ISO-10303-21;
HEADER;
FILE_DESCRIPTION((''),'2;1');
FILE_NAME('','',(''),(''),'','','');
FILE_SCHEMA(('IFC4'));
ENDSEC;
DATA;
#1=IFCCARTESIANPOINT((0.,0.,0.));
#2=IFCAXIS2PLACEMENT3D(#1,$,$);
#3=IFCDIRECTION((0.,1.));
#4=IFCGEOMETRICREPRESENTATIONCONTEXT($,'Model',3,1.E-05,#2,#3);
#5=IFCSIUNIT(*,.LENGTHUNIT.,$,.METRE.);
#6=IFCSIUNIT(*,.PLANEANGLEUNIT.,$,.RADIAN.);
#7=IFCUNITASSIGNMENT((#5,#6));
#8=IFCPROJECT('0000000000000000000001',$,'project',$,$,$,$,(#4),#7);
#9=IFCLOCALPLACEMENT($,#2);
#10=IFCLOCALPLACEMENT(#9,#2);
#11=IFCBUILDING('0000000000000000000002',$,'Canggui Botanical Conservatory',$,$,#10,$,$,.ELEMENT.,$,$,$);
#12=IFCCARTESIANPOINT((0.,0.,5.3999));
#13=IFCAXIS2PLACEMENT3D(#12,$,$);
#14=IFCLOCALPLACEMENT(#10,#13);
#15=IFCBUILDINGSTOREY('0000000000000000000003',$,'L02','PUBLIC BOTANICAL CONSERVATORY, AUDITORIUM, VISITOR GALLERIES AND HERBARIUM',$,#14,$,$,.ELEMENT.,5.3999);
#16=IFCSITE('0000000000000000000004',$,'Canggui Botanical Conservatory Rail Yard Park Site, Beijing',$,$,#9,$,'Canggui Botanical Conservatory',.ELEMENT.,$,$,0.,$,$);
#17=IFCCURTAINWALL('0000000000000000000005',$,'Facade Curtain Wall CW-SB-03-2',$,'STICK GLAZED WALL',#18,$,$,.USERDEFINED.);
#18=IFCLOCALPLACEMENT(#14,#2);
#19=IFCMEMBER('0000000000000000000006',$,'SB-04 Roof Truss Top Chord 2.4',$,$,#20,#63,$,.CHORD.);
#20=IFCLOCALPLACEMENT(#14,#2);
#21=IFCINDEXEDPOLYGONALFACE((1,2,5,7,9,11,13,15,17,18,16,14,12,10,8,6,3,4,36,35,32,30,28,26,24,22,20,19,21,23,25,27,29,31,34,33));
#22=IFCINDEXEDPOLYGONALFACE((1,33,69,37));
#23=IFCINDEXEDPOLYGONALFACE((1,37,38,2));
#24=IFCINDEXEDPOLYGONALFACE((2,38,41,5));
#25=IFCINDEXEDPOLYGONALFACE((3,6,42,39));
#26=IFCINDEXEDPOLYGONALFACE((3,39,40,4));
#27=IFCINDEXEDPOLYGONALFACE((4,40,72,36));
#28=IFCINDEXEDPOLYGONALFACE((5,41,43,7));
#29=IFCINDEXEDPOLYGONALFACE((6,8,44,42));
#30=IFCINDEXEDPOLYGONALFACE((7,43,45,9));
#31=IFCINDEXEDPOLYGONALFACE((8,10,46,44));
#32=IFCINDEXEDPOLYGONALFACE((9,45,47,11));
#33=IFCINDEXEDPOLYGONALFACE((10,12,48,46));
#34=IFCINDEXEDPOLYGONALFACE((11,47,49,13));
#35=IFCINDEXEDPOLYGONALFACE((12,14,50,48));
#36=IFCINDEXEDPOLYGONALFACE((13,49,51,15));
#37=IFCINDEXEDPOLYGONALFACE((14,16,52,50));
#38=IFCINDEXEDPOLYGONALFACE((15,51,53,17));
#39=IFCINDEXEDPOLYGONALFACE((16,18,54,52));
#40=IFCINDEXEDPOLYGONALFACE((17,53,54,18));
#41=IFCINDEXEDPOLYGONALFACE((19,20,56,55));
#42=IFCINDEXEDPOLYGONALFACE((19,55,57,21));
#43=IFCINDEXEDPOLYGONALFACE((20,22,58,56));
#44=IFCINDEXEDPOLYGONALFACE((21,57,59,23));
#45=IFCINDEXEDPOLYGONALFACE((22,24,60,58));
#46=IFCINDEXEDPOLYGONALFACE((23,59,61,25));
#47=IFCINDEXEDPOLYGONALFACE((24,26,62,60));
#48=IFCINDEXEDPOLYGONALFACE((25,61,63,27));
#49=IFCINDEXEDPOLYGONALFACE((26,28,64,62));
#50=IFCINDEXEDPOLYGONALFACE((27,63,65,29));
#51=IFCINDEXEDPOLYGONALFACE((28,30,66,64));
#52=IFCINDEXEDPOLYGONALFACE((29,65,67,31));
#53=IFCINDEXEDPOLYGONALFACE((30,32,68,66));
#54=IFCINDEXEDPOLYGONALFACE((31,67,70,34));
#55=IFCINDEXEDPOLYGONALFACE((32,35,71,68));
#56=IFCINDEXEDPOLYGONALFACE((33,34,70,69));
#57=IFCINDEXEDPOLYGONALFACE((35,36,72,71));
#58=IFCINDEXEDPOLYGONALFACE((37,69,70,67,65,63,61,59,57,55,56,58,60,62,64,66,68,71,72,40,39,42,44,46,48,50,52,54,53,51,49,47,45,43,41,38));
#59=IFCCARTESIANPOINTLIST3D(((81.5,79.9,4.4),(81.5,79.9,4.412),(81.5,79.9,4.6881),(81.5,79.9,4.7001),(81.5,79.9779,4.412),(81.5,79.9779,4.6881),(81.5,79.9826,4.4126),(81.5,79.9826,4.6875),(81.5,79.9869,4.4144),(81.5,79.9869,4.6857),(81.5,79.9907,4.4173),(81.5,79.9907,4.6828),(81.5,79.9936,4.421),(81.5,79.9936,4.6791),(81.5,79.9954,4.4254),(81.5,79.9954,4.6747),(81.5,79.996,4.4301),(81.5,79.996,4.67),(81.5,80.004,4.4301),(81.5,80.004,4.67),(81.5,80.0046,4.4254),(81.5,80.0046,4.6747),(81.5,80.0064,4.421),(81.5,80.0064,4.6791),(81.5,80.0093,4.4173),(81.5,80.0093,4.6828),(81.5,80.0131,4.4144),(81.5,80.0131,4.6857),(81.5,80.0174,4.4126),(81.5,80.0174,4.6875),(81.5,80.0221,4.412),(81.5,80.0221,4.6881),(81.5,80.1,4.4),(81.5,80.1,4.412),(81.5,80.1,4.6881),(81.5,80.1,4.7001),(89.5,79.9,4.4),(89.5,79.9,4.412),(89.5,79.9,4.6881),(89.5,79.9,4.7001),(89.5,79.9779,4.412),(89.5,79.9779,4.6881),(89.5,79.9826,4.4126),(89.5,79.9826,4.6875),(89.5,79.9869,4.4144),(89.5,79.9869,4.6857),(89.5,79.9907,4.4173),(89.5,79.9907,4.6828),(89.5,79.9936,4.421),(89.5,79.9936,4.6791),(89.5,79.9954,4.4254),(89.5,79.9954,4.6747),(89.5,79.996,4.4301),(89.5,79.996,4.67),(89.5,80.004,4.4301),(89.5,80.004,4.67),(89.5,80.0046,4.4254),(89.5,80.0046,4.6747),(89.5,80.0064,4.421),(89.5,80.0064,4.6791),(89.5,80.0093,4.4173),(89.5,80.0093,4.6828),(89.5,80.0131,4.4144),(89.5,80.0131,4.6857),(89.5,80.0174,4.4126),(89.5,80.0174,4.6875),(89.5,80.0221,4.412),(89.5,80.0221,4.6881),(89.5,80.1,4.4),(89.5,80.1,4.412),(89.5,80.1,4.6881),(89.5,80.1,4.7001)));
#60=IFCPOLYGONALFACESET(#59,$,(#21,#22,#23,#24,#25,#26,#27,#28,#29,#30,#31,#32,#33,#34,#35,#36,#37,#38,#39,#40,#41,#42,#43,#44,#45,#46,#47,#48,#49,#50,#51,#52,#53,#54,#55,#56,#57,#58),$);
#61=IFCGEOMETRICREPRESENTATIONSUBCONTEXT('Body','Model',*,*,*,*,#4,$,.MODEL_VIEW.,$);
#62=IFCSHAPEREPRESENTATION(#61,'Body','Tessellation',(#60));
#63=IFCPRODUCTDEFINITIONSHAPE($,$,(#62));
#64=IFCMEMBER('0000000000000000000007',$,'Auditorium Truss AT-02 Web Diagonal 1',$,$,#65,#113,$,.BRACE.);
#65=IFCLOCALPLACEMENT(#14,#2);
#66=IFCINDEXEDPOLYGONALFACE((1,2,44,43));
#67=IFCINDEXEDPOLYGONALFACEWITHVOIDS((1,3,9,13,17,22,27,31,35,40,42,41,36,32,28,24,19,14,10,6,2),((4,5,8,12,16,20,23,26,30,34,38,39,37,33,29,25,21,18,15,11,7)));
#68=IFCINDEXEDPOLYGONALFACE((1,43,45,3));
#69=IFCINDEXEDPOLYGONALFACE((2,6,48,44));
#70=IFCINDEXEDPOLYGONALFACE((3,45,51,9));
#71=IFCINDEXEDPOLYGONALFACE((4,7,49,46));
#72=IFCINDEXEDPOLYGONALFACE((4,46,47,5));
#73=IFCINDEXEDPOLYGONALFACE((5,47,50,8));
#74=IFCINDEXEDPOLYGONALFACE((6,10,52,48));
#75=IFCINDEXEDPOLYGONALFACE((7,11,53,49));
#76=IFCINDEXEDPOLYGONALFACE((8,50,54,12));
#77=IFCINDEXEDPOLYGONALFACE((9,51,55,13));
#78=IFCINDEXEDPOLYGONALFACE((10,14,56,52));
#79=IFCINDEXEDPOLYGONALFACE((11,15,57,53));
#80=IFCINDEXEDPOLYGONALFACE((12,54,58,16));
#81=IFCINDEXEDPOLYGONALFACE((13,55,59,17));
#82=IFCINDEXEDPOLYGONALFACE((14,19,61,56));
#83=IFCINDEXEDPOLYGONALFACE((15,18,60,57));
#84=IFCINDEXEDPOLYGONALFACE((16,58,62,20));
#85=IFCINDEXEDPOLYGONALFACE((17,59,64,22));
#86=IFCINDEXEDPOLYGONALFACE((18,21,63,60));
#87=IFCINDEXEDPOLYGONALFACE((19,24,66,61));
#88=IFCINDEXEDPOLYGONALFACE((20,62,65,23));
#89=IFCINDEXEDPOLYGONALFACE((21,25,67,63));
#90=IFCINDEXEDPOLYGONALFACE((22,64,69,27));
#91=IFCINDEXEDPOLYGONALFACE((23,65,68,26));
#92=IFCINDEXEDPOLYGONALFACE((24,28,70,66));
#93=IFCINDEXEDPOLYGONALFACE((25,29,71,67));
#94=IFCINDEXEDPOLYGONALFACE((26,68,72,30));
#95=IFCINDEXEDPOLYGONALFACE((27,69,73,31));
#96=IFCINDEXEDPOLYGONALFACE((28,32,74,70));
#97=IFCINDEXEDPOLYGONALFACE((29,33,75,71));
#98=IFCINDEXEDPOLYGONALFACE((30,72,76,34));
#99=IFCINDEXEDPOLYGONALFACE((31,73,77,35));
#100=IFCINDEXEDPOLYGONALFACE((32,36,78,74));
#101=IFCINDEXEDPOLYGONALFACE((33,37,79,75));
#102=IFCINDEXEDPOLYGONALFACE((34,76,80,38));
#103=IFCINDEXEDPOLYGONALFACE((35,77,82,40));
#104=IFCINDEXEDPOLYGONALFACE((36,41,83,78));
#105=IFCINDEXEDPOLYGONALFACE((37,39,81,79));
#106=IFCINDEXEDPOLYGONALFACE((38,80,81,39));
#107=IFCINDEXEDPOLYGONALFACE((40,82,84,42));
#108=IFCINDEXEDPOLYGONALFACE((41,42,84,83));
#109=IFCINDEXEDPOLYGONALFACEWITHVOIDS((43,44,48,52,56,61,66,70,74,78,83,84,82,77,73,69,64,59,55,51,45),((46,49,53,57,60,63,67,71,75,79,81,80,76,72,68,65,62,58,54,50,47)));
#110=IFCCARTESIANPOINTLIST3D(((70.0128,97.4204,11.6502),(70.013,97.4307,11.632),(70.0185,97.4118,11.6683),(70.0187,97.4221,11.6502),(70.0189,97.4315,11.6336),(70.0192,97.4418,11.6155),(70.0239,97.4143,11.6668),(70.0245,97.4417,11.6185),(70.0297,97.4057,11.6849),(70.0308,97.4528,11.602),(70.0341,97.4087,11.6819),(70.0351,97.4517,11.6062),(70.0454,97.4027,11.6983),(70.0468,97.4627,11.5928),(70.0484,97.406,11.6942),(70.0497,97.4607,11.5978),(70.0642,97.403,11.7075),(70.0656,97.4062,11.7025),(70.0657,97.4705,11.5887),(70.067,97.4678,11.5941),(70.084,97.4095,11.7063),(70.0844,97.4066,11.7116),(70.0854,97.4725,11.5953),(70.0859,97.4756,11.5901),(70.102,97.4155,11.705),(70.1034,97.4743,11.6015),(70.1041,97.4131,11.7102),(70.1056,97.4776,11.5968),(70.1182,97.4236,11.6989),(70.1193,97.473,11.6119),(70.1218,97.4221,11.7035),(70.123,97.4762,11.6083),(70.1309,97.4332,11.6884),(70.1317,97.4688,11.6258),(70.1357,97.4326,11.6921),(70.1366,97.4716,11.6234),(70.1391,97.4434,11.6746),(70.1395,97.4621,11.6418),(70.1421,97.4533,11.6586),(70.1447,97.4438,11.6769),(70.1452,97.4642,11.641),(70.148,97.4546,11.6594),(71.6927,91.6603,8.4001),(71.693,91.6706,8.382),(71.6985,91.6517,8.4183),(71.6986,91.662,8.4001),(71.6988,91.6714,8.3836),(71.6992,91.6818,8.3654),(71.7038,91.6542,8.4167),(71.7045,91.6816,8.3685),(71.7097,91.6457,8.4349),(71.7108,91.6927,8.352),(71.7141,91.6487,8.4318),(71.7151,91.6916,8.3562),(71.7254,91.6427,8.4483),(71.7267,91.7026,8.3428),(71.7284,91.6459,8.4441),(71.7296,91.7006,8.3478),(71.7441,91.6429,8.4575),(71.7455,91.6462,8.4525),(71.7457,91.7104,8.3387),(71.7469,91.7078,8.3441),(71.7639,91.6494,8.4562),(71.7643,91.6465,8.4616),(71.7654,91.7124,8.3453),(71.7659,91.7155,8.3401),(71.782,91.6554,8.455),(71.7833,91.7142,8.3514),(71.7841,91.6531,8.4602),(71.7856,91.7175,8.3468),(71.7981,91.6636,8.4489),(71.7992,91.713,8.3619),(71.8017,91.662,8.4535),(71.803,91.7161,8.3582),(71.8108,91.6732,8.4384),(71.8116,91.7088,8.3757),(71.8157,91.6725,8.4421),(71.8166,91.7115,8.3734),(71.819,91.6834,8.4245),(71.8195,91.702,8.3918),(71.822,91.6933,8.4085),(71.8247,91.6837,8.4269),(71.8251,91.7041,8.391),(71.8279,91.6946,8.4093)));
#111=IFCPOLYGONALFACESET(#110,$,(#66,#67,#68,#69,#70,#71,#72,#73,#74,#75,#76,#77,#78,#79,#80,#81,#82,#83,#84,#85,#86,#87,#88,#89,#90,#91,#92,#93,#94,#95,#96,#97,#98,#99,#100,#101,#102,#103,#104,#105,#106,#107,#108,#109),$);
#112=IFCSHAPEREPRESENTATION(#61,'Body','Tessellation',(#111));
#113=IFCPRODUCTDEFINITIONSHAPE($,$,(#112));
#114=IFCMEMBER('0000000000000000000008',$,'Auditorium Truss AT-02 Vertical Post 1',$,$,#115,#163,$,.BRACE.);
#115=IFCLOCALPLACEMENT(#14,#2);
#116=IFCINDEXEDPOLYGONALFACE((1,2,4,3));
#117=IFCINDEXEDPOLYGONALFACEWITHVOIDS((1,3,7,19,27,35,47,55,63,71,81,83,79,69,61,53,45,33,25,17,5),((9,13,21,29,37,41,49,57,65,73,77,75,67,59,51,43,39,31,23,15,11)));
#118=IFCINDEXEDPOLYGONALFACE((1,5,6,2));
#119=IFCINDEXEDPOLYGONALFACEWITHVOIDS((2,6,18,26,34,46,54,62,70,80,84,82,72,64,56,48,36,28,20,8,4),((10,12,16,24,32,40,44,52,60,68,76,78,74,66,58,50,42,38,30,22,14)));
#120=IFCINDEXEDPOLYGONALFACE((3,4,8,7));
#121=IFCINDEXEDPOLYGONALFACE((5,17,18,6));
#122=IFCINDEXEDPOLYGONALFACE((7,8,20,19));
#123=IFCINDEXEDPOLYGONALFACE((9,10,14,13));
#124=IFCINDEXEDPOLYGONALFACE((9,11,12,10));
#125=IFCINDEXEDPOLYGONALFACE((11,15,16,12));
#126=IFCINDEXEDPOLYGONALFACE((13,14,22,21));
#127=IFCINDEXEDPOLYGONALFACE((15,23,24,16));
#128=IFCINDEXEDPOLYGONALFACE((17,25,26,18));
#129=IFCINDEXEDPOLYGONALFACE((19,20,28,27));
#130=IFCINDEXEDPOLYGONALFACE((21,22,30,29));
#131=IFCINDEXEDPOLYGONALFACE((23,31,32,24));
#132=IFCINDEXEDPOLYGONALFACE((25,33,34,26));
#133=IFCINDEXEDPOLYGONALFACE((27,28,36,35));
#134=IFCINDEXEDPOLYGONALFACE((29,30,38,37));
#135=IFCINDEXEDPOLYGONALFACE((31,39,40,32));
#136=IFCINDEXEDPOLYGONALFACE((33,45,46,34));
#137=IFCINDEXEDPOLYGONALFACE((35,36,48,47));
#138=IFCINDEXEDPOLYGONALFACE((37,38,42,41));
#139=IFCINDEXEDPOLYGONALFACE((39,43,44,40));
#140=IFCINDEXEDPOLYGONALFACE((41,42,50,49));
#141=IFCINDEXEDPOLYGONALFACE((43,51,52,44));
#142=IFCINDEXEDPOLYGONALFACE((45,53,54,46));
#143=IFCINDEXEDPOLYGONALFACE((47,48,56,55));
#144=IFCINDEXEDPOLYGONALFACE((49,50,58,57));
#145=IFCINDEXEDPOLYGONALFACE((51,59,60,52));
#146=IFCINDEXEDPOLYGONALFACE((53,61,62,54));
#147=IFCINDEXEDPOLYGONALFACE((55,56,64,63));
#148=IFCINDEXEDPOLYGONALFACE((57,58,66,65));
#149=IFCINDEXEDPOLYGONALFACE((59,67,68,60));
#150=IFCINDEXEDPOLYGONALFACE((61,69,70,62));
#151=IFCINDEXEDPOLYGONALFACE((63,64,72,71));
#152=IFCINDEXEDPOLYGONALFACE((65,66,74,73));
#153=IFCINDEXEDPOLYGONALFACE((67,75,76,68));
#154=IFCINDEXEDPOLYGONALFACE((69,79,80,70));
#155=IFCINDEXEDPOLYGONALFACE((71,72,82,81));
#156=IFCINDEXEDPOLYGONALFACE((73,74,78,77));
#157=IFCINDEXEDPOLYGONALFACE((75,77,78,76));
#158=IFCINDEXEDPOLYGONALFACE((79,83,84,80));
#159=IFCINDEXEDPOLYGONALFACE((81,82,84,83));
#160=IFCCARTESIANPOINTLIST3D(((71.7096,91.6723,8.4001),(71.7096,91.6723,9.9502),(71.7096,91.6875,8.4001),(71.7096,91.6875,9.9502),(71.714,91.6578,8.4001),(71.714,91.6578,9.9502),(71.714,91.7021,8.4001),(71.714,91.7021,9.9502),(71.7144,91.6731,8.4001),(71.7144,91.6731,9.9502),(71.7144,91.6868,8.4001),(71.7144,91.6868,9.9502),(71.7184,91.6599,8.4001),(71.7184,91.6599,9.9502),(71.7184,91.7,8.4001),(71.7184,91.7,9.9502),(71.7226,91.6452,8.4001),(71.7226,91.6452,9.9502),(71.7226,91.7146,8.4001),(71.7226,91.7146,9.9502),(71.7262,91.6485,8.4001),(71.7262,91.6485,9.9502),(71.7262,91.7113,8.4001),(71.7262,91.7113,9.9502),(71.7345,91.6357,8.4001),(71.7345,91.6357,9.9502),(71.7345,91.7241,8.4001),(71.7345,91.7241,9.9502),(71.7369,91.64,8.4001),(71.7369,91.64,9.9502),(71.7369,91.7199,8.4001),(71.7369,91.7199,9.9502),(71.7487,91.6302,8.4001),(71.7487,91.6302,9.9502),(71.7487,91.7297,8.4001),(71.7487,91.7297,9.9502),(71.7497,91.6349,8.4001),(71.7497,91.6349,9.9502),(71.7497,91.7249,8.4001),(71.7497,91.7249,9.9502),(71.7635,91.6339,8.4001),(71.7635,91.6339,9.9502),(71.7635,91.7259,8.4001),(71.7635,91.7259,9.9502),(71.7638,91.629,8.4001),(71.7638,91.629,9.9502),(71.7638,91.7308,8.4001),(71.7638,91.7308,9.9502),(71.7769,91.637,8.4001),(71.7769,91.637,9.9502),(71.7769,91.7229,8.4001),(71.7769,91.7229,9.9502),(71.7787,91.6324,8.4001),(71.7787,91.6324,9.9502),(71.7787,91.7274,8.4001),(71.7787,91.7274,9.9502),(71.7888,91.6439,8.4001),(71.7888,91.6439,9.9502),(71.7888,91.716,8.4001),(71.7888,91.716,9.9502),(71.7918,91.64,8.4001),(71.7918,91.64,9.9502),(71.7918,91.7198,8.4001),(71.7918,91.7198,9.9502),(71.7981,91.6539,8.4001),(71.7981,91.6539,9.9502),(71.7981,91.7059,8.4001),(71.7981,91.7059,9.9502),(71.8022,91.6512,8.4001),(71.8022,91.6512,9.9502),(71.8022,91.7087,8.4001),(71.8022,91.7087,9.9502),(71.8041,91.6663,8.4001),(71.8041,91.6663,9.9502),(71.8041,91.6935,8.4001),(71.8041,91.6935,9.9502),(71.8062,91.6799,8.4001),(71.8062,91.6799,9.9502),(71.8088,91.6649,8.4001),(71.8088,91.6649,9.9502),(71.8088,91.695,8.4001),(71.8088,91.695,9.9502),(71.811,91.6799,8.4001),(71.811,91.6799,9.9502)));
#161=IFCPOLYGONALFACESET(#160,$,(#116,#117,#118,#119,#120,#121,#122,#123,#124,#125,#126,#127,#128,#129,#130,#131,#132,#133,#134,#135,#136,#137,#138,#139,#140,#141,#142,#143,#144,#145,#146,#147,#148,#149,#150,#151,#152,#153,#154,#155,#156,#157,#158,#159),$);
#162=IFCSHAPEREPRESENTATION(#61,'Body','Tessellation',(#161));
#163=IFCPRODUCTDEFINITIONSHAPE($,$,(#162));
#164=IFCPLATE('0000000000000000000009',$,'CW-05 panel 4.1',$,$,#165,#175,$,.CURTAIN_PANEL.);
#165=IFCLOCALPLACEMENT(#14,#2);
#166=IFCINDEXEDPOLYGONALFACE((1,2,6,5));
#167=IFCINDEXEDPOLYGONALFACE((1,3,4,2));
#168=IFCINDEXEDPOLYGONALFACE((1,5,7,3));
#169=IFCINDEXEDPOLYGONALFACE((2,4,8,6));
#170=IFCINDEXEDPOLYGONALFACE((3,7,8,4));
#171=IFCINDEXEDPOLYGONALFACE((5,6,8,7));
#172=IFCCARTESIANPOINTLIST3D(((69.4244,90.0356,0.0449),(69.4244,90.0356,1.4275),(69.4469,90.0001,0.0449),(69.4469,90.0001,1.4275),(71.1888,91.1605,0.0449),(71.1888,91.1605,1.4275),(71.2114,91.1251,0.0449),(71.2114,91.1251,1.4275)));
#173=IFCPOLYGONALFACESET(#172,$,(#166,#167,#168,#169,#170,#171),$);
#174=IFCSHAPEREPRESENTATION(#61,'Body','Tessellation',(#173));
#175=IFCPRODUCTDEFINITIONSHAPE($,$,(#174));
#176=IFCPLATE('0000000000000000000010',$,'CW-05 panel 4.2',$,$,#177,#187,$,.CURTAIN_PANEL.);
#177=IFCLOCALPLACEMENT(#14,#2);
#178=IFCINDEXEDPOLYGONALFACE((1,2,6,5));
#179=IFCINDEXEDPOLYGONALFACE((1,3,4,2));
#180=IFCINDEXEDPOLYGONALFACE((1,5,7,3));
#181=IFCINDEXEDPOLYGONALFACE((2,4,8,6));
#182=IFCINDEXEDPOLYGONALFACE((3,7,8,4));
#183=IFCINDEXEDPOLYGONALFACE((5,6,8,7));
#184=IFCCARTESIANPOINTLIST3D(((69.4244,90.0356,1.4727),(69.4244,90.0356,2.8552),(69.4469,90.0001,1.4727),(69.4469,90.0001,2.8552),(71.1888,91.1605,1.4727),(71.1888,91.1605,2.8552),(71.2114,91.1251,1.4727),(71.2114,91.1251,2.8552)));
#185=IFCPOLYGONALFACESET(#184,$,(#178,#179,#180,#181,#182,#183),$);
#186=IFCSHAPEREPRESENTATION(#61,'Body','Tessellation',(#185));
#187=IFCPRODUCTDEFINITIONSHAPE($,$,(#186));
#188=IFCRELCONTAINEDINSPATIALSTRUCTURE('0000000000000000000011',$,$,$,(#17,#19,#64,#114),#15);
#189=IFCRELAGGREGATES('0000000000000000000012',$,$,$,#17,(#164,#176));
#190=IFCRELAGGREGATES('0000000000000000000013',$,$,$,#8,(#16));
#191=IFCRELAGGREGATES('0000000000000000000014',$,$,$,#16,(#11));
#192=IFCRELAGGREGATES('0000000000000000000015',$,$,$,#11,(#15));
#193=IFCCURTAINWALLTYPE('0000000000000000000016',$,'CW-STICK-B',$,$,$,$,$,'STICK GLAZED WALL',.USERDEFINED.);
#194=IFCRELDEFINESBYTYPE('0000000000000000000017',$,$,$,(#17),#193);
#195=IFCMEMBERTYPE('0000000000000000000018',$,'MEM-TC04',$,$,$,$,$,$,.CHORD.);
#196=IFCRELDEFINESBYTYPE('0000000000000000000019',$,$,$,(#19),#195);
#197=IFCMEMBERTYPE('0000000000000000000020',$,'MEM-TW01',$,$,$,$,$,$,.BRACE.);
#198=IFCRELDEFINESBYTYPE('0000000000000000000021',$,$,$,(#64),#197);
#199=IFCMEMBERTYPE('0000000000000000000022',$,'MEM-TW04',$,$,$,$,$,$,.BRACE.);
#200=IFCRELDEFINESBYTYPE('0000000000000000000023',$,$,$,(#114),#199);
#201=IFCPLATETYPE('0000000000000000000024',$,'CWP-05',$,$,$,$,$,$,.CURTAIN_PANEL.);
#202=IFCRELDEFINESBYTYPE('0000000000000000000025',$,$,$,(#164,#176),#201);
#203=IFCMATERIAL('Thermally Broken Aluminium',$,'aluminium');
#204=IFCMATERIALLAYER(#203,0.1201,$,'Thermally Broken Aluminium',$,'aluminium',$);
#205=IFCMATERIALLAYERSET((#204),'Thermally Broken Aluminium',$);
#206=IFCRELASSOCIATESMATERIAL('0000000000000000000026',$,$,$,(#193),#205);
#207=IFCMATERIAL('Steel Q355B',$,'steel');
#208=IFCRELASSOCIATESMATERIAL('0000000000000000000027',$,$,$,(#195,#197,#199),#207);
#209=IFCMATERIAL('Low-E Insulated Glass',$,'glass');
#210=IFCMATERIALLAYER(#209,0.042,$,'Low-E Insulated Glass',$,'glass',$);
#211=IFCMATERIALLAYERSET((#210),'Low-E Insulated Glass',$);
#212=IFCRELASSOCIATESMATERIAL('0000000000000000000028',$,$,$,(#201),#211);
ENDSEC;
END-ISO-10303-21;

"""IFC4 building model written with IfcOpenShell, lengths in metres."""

from ifc_helpers import new_model, si_unit, direction, frame, origin, origin_2d, place, context, subcontext, project, spatial, rectangle, hollow_circle, i_section, extrude, material, layer, layer_set, material_profile, profile_set, type_object, element, aggregate, save


model = new_model("IFC4")

# Units and contexts
model_context = context("Model", 3, precision=1e-05, world=origin(), true_north=direction((0.0, 1.0)))
body_context = subcontext(model_context, "Body", "Model", "MODEL_VIEW")
ifc_project = project(units=[si_unit("LENGTHUNIT", "METRE"), si_unit("PLANEANGLEUNIT", "RADIAN")], contexts=[model_context])

# Site, building, storey
site_placement = place(None, origin())
site = spatial("IfcSite", under=ifc_project, at=site_placement, Name="Canggui Botanical Conservatory Rail Yard Park Site, Beijing", LongName="Canggui Botanical Conservatory", CompositionType="ELEMENT", RefElevation=0.0)
building_placement = place(site_placement, origin())
building = spatial("IfcBuilding", under=site, at=building_placement, Name="Canggui Botanical Conservatory", CompositionType="ELEMENT")
storey_placement = place(building_placement, frame((0.0, 0.0, 5.3999)))
storey = spatial("IfcBuildingStorey", under=building, at=storey_placement, Name="L02", Description="PUBLIC BOTANICAL CONSERVATORY, AUDITORIUM, VISITOR GALLERIES AND HERBARIUM", CompositionType="ELEMENT", Elevation=5.3999)

# Shared definitions
ifc_material_1 = material(Name="Steel Q355B", Category="steel")

# Curtain wall
ifc_material_2 = material(Name="Thermally Broken Aluminium", Category="aluminium")
ifc_layer_1 = layer(ifc_material_2, 0.1201, Name="Thermally Broken Aluminium", Category="aluminium")
ifc_layer_set_1 = layer_set([ifc_layer_1], Name="Thermally Broken Aluminium")
curtain_wall_type = type_object("IfcCurtainWallType", Name="CW-STICK-B", ElementType="STICK GLAZED WALL", PredefinedType="USERDEFINED", material=ifc_layer_set_1)
curtain_wall_placement = place(storey_placement, origin())
curtain_wall = element("IfcCurtainWall", 1, at=curtain_wall_placement, inside=storey, type_object=curtain_wall_type, Name="Facade Curtain Wall CW-SB-03-2", ObjectType="STICK GLAZED WALL", PredefinedType="USERDEFINED")

# Members
ifc_material_profile_1 = material_profile(ifc_material_1, i_section(OverallWidth=0.2, OverallDepth=0.3, WebThickness=0.0081, FlangeThickness=0.012, FilletRadius=0.0181, at=origin_2d()), Name="HM 300x200x8x12")
ifc_profile_set_1 = profile_set([ifc_material_profile_1], Name="Steel Q355B")
member_type_1 = type_object("IfcMemberType", Name="MEM-TC04", PredefinedType="CHORD", material=ifc_profile_set_1)
for number, where, z_axis, x_axis, name in (
    (2, (81.5, 80.0, 4.55), (1.0, 0.0, 0.0), (0.0, 1.0, 0.0), "SB-04 Roof Truss Top Chord 2.4"),
):
    element("IfcMember", number, at=place(storey_placement, frame(where, z_axis=z_axis, x_axis=x_axis)), inside=storey, type_object=member_type_1, Name=name, PredefinedType="CHORD", context=body_context, shape_type="SweptSolid", body=[
        extrude(i_section(OverallWidth=0.2, OverallDepth=0.3, WebThickness=0.0081, FlangeThickness=0.012, FilletRadius=0.0181, at=origin_2d()), origin(), (0.0, 0.0, 1.0), 8.0),
    ])
ifc_material_profile_2 = material_profile(ifc_material_1, hollow_circle(Radius=0.0701, WallThickness=0.0061, at=origin_2d()), Name="CHS 140x6")
ifc_profile_set_2 = profile_set([ifc_material_profile_2], Name="Steel Q355B")
member_type_2 = type_object("IfcMemberType", Name="MEM-TW01", PredefinedType="BRACE", material=ifc_profile_set_2)
member_1_placement = place(storey_placement, frame((71.76, 91.6799, 8.4001), z_axis=(-0.246192, 0.844123, 0.476284), x_axis=(-0.960003, -0.279989, 0.0)))
element("IfcMember", 3, at=member_1_placement, inside=storey, type_object=member_type_2, Name="Auditorium Truss AT-02 Web Diagonal 1", PredefinedType="BRACE", context=body_context, shape_type="SweptSolid", body=[
    extrude(hollow_circle(Radius=0.0701, WallThickness=0.0061, at=origin_2d()), origin(), (0.0, 0.0, 1.0), 6.8237),
])
ifc_material_profile_3 = material_profile(ifc_material_1, hollow_circle(Radius=0.051, WallThickness=0.0049, at=origin_2d()), Name="CHS 102x5")
ifc_profile_set_3 = profile_set([ifc_material_profile_3], Name="Steel Q355B")
member_type_3 = type_object("IfcMemberType", Name="MEM-TW04", PredefinedType="BRACE", material=ifc_profile_set_3)
member_2_placement = place(storey_placement, frame((71.76, 91.6799, 8.4001), z_axis=(0.0, 0.0, 1.0), x_axis=(1.0, 0.0, 0.0)))
element("IfcMember", 4, at=member_2_placement, inside=storey, type_object=member_type_3, Name="Auditorium Truss AT-02 Vertical Post 1", PredefinedType="BRACE", context=body_context, shape_type="SweptSolid", body=[
    extrude(hollow_circle(Radius=0.051, WallThickness=0.0049, at=origin_2d()), origin(), (0.0, 0.0, 1.0), 1.55),
])

# Plates
ifc_material_3 = material(Name="Low-E Insulated Glass", Category="glass")
ifc_layer_2 = layer(ifc_material_3, 0.042, Name="Low-E Insulated Glass", Category="glass")
ifc_layer_set_2 = layer_set([ifc_layer_2], Name="Low-E Insulated Glass")
plate_type_1 = type_object("IfcPlateType", Name="CWP-05", PredefinedType="CURTAIN_PANEL", material=ifc_layer_set_2)
plate_1_placement = place(storey_placement, frame((70.3179, 90.5803, 0.0449), z_axis=(0.0, 0.0, 1.0), x_axis=(0.8432, 0.5376, 0.0)))
plate_1 = element("IfcPlate", 5, at=plate_1_placement, type_object=plate_type_1, Name="CW-05 panel 4.1", PredefinedType="CURTAIN_PANEL", context=body_context, shape_type="SweptSolid", body=[
    extrude(rectangle(XDim=2.0925, YDim=0.042, at=origin_2d()), origin(), (0.0, 0.0, 1.0), 1.3826),
])
plate_2_placement = place(storey_placement, frame((70.3179, 90.5803, 1.4727), z_axis=(0.0, 0.0, 1.0), x_axis=(0.8432, 0.5376, 0.0)))
plate_2 = element("IfcPlate", 6, at=plate_2_placement, type_object=plate_type_1, Name="CW-05 panel 4.2", PredefinedType="CURTAIN_PANEL", context=body_context, shape_type="SweptSolid", body=[
    extrude(rectangle(XDim=2.0925, YDim=0.042, at=origin_2d()), origin(), (0.0, 0.0, 1.0), 1.3826),
])
aggregate(curtain_wall, [plate_1, plate_2])

save(model, "model.ifc")
